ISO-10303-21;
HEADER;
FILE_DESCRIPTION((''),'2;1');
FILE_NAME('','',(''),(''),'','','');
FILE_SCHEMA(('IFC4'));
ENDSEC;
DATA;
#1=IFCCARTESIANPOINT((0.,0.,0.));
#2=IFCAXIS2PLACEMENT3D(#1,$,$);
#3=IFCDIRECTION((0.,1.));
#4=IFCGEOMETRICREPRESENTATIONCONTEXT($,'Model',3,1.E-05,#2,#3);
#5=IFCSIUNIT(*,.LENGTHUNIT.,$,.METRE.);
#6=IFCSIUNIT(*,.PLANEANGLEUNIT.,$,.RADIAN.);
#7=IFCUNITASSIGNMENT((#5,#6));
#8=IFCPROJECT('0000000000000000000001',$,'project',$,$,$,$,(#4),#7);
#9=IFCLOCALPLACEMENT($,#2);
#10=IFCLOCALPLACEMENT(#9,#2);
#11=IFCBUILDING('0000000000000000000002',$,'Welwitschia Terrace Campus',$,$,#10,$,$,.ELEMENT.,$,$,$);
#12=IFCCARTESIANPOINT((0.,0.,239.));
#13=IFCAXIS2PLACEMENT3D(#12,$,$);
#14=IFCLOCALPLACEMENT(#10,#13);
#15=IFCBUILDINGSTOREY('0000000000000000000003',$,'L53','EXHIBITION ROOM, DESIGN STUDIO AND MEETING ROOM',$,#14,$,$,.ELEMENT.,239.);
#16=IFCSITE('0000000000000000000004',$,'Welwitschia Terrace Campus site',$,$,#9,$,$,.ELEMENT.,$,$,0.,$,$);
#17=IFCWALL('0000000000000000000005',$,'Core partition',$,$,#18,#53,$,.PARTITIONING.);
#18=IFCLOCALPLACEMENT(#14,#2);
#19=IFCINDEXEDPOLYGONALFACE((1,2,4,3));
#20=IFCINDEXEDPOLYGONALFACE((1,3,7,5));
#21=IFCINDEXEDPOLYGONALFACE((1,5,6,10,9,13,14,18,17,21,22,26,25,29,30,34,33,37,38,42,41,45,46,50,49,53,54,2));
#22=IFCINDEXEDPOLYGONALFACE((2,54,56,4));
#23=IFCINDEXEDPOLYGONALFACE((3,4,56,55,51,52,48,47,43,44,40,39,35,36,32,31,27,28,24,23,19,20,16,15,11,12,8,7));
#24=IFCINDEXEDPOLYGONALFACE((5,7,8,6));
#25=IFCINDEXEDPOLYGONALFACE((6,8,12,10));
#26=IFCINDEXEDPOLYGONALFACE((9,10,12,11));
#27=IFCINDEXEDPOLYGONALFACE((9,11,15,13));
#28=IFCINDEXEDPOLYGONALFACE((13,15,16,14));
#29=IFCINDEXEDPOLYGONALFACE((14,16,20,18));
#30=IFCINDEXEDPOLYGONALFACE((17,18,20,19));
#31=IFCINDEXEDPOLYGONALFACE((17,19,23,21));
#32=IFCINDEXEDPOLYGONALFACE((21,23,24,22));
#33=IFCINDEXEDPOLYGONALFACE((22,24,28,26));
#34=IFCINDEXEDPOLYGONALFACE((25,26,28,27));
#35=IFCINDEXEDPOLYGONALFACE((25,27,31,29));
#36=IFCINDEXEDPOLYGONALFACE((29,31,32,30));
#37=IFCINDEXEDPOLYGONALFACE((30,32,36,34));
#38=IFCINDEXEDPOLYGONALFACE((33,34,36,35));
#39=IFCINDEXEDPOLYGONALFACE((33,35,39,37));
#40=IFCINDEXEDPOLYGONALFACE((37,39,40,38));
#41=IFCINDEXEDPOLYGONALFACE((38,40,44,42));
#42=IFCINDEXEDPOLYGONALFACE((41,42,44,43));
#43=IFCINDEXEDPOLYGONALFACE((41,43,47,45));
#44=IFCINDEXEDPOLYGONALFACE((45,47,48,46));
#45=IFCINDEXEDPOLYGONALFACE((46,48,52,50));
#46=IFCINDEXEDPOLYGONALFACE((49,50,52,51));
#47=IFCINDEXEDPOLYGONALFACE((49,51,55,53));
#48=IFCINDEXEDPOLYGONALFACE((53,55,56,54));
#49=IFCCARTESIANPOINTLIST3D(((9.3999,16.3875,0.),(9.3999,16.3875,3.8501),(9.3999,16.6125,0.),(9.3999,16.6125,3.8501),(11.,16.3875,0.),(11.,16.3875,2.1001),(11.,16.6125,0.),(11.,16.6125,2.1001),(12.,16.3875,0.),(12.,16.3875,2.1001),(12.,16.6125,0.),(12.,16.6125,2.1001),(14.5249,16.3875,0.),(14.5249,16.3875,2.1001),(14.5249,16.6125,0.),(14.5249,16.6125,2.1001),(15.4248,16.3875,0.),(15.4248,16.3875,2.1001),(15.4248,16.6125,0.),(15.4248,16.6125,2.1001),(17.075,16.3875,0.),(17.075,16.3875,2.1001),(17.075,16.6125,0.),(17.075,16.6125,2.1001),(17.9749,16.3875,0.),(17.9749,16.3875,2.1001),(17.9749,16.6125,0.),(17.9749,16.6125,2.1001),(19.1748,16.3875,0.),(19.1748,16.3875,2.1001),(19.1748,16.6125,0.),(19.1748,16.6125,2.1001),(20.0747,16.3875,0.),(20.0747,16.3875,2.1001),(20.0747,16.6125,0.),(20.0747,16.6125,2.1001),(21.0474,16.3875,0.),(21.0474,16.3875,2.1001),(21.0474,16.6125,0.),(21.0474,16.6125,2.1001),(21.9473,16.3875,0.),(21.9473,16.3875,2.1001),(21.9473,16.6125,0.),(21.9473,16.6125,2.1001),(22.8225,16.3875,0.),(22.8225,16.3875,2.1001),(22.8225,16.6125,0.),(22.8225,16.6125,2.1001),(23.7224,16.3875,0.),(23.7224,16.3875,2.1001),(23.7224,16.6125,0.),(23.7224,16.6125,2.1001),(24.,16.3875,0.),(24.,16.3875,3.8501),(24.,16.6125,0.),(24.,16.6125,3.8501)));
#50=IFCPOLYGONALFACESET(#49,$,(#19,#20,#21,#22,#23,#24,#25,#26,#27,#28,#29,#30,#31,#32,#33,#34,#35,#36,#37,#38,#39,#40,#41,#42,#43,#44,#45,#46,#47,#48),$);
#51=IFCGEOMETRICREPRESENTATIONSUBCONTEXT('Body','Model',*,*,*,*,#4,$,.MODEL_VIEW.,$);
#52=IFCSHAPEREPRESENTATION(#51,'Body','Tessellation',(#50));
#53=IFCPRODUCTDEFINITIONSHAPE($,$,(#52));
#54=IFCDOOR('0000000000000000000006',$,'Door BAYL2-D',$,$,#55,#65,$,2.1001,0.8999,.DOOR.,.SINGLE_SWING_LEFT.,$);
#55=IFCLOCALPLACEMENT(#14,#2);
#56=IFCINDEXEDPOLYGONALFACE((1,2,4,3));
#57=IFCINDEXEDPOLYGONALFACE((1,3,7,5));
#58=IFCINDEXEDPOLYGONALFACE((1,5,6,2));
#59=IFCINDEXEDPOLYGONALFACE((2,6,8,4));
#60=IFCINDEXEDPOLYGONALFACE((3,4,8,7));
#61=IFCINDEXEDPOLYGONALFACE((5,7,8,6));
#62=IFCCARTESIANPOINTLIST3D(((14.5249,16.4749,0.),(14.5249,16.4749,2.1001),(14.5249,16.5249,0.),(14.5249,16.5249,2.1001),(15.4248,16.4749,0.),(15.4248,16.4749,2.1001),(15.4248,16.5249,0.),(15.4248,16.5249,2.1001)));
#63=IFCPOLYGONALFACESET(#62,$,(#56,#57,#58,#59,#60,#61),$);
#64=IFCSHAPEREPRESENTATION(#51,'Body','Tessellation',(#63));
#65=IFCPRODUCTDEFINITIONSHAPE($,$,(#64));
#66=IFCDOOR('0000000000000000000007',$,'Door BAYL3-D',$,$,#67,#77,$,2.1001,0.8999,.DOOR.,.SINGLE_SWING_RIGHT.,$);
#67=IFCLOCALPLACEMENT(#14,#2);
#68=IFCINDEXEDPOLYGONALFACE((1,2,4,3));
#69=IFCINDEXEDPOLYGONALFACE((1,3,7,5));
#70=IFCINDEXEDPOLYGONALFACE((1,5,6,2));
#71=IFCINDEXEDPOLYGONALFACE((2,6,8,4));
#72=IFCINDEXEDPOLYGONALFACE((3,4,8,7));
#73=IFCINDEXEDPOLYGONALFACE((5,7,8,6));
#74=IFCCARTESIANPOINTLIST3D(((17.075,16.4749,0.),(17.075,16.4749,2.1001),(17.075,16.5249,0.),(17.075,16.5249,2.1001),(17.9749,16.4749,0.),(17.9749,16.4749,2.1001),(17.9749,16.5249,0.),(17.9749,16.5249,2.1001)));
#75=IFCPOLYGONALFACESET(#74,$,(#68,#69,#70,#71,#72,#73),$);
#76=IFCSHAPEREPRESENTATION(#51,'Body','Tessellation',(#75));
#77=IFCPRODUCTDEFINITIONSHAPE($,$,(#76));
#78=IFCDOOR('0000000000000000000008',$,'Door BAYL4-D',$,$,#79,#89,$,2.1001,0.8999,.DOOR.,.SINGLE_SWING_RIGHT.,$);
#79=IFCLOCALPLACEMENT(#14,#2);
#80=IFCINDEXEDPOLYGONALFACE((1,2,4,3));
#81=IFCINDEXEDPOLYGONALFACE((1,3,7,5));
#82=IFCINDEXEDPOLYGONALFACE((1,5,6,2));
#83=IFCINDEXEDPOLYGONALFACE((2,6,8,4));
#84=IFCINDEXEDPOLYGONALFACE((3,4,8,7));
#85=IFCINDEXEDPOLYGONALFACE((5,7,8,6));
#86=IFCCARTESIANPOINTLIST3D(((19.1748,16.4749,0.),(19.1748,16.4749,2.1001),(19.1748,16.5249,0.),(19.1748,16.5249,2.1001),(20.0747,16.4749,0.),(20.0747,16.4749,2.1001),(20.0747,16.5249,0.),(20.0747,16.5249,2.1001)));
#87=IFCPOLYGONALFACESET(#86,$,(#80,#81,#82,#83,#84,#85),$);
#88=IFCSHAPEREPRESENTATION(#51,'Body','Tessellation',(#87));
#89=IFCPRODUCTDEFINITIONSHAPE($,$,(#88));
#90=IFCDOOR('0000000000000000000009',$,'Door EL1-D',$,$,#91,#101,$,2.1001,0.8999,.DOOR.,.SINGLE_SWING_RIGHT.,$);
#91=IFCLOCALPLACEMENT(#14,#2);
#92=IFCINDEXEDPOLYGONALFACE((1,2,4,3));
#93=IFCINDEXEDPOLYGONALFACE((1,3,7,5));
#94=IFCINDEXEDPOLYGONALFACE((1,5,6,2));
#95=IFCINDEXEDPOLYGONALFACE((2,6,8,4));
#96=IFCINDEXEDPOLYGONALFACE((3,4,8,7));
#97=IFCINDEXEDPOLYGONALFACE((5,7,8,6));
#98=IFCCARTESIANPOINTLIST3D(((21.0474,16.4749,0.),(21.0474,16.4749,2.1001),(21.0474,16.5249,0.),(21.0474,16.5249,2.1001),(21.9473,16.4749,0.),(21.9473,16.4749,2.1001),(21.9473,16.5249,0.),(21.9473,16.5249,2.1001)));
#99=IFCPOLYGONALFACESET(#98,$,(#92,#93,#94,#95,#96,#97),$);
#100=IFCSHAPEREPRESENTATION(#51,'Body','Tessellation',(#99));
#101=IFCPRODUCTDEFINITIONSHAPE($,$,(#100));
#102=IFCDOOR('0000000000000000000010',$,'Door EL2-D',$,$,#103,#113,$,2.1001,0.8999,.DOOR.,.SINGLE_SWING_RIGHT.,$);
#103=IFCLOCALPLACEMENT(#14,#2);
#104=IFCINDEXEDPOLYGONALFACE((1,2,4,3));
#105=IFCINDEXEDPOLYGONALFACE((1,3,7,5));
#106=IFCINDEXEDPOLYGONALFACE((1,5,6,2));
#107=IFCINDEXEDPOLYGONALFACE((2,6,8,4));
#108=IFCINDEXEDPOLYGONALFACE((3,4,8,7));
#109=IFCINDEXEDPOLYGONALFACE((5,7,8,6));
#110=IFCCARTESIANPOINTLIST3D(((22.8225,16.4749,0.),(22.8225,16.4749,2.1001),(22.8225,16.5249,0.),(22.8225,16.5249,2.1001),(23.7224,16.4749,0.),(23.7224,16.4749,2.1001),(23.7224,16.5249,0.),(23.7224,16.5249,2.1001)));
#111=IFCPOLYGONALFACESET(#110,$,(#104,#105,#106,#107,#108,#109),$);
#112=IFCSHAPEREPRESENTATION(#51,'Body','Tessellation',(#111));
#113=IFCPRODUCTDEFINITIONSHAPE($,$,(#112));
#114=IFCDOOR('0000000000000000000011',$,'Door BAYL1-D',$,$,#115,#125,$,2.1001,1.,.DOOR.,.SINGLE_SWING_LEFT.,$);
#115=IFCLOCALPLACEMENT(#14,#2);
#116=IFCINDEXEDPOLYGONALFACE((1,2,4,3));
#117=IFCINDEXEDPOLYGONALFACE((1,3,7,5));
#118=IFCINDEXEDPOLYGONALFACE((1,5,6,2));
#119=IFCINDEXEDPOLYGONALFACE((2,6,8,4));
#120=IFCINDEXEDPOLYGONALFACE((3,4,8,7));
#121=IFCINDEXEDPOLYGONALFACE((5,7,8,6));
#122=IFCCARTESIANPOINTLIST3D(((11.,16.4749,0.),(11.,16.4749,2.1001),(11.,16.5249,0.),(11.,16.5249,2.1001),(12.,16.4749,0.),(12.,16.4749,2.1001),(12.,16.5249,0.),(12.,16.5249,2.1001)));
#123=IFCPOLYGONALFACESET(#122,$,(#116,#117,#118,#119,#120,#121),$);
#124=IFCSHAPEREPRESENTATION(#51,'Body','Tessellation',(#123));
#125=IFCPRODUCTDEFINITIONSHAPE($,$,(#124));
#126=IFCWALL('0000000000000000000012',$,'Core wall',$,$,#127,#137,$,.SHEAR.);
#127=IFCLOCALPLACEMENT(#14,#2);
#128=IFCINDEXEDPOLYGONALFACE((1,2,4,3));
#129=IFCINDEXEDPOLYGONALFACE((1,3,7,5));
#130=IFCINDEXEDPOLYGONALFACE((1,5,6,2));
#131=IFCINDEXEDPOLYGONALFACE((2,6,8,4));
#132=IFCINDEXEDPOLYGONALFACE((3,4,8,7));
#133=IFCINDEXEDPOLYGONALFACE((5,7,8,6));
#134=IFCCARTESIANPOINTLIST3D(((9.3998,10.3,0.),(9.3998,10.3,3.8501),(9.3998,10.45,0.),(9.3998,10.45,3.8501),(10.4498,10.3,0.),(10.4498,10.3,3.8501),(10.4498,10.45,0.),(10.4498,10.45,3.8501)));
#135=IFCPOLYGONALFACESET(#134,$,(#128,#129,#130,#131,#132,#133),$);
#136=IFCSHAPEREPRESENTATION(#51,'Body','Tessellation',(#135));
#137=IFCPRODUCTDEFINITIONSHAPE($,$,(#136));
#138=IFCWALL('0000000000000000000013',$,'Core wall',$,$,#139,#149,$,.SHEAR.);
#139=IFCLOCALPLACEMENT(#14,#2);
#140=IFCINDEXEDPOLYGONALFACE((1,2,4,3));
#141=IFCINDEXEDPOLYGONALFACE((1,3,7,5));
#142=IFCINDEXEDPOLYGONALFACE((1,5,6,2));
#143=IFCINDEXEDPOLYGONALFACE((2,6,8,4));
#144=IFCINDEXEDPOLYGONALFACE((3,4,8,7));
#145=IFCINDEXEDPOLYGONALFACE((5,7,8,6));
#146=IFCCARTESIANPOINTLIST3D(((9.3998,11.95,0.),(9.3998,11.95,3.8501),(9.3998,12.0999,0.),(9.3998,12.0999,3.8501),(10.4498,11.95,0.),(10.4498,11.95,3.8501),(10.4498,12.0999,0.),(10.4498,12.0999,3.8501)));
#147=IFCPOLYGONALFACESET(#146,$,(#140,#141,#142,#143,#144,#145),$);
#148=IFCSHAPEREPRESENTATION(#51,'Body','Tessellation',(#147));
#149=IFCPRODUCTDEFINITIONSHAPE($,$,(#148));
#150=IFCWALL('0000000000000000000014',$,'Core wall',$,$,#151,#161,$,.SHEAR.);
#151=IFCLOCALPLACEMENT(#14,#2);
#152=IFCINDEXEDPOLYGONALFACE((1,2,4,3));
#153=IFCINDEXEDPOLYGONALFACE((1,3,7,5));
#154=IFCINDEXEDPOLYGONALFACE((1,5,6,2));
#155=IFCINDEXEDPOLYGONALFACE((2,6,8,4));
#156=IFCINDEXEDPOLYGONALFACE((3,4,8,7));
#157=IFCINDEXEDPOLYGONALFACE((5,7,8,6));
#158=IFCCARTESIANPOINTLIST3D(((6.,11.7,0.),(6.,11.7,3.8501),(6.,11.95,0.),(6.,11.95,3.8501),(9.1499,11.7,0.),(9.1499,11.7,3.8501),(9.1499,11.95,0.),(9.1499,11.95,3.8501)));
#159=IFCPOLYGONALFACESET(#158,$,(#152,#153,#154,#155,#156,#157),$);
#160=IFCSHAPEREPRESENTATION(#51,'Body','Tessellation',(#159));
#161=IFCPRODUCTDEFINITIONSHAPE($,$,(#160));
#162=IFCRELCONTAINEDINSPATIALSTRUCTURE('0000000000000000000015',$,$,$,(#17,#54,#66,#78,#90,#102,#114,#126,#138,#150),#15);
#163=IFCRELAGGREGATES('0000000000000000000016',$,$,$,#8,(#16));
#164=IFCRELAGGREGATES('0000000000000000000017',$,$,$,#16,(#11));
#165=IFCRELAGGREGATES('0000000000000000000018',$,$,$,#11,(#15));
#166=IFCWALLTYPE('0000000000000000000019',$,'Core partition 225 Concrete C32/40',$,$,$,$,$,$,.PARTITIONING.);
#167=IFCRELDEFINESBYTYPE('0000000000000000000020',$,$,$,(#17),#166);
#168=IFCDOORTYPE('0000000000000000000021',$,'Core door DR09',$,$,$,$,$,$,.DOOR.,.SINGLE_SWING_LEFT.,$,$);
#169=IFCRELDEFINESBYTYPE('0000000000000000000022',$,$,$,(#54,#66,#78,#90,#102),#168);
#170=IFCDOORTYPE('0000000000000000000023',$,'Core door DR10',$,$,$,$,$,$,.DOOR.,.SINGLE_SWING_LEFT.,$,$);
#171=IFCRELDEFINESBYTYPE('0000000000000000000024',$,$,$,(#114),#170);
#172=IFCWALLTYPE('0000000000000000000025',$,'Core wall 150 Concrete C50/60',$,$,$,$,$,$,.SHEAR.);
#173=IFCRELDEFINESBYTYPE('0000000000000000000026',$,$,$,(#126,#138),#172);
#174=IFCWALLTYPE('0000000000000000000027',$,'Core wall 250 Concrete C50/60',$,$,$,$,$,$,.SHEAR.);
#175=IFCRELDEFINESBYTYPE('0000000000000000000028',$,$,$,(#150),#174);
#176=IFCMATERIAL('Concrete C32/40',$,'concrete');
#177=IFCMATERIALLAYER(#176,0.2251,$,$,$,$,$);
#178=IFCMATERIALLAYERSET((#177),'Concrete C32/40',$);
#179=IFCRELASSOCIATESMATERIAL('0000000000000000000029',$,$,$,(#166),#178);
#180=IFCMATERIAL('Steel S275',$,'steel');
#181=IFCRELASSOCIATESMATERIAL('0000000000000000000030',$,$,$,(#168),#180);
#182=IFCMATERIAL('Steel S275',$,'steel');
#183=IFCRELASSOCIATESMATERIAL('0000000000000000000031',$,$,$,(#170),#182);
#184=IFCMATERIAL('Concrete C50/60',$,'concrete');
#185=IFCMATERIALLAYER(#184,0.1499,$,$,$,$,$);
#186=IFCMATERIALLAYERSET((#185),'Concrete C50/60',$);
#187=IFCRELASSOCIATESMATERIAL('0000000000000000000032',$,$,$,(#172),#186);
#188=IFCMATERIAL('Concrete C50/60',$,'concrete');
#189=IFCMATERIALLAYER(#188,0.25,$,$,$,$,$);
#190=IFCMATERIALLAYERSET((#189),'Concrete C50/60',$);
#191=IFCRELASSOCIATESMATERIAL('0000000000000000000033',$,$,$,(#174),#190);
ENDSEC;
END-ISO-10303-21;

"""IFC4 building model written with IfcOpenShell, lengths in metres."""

from ifc_helpers import new_model, si_unit, direction, frame, frame_2d, origin, place, context, subcontext, project, spatial, rectangle, extrude, material, layer, layer_set, type_object, element, fill, save


model = new_model("IFC4")

# Units and contexts
model_context = context("Model", 3, precision=1e-05, world=origin(), true_north=direction((0.0, 1.0)))
body_context = subcontext(model_context, "Body", "Model", "MODEL_VIEW")
ifc_project = project(units=[si_unit("LENGTHUNIT", "METRE"), si_unit("PLANEANGLEUNIT", "RADIAN")], contexts=[model_context])

# Site, building, storey
site_placement = place(None, origin())
site = spatial("IfcSite", under=ifc_project, at=site_placement, Name="Welwitschia Terrace Campus site", CompositionType="ELEMENT", RefElevation=0.0)
building_placement = place(site_placement, origin())
building = spatial("IfcBuilding", under=site, at=building_placement, Name="Welwitschia Terrace Campus", CompositionType="ELEMENT")
storey_placement = place(building_placement, frame((0.0, 0.0, 239.0)))
storey = spatial("IfcBuildingStorey", under=building, at=storey_placement, Name="L53", Description="EXHIBITION ROOM, DESIGN STUDIO AND MEETING ROOM", CompositionType="ELEMENT", Elevation=239.0)

# Shared definitions
ifc_material_1 = material(Name="Concrete C32/40", Category="concrete")
ifc_layer_1 = layer(ifc_material_1, 0.2251)
ifc_layer_set_1 = layer_set([ifc_layer_1], Name="Concrete C32/40")
wall_type_1 = type_object("IfcWallType", Name="Core partition 225 Concrete C32/40", PredefinedType="PARTITIONING", material=ifc_layer_set_1)

# Wall, openings, doors
wall_1_placement = place(storey_placement, frame((9.3999, 16.5, 0.0), z_axis=(0.0, 0.0, 1.0), x_axis=(1.0, 0.0, 0.0)))
wall_1 = element("IfcWall", 1, at=wall_1_placement, inside=storey, type_object=wall_type_1, Name="Core partition", PredefinedType="PARTITIONING", context=body_context, shape_type="SweptSolid", body=[
    extrude(rectangle(XDim=14.6001, YDim=0.2251, at=frame_2d((7.3, 0.0))), origin(), (0.0, 0.0, 1.0), 3.8501),
])
opening_1_placement = place(wall_1_placement, frame((1.6001, 0.0, 0.0)))
opening_1 = element("IfcOpeningElement", 2, at=opening_1_placement, cuts=wall_1, PredefinedType="OPENING", context=body_context, shape_type="SweptSolid", body=[
    extrude(rectangle(XDim=1.0, YDim=2.1001, at=frame_2d((0.5, 1.05))), frame((0.0, 0.1226, 0.0), z_axis=(0.0, -1.0, 0.0), x_axis=(1.0, 0.0, 0.0)), (0.0, 0.0, 1.0), 0.2451),
])
opening_2_placement = place(wall_1_placement, frame((5.125, 0.0, 0.0)))
opening_2 = element("IfcOpeningElement", 3, at=opening_2_placement, cuts=wall_1, PredefinedType="OPENING", context=body_context, shape_type="SweptSolid", body=[
    extrude(rectangle(XDim=0.8999, YDim=2.1001, at=frame_2d((0.45, 1.05))), frame((0.0, 0.1226, 0.0), z_axis=(0.0, -1.0, 0.0), x_axis=(1.0, 0.0, 0.0)), (0.0, 0.0, 1.0), 0.2451),
])
opening_3_placement = place(wall_1_placement, frame((7.675, 0.0, 0.0)))
opening_3 = element("IfcOpeningElement", 4, at=opening_3_placement, cuts=wall_1, PredefinedType="OPENING", context=body_context, shape_type="SweptSolid", body=[
    extrude(rectangle(XDim=0.8999, YDim=2.1001, at=frame_2d((0.45, 1.05))), frame((0.0, 0.1226, 0.0), z_axis=(0.0, -1.0, 0.0), x_axis=(1.0, 0.0, 0.0)), (0.0, 0.0, 1.0), 0.2451),
])
opening_4_placement = place(wall_1_placement, frame((9.7749, 0.0, 0.0)))
opening_4 = element("IfcOpeningElement", 5, at=opening_4_placement, cuts=wall_1, PredefinedType="OPENING", context=body_context, shape_type="SweptSolid", body=[
    extrude(rectangle(XDim=0.8999, YDim=2.1001, at=frame_2d((0.45, 1.05))), frame((0.0, 0.1226, 0.0), z_axis=(0.0, -1.0, 0.0), x_axis=(1.0, 0.0, 0.0)), (0.0, 0.0, 1.0), 0.2451),
])
opening_5_placement = place(wall_1_placement, frame((11.6475, 0.0, 0.0)))
opening_5 = element("IfcOpeningElement", 6, at=opening_5_placement, cuts=wall_1, PredefinedType="OPENING", context=body_context, shape_type="SweptSolid", body=[
    extrude(rectangle(XDim=0.8999, YDim=2.1001, at=frame_2d((0.45, 1.05))), frame((0.0, 0.1226, 0.0), z_axis=(0.0, -1.0, 0.0), x_axis=(1.0, 0.0, 0.0)), (0.0, 0.0, 1.0), 0.2451),
])
opening_6_placement = place(wall_1_placement, frame((13.4226, 0.0, 0.0)))
opening_6 = element("IfcOpeningElement", 7, at=opening_6_placement, cuts=wall_1, PredefinedType="OPENING", context=body_context, shape_type="SweptSolid", body=[
    extrude(rectangle(XDim=0.8999, YDim=2.1001, at=frame_2d((0.45, 1.05))), frame((0.0, 0.1226, 0.0), z_axis=(0.0, -1.0, 0.0), x_axis=(1.0, 0.0, 0.0)), (0.0, 0.0, 1.0), 0.2451),
])
ifc_material_2 = material(Name="Steel S275", Category="steel")
door_type_1 = type_object("IfcDoorType", Name="Core door DR09", OperationType="SINGLE_SWING_LEFT", PredefinedType="DOOR", material=ifc_material_2)
door_1_placement = place(opening_2_placement, origin())
door_1 = element("IfcDoor", 8, at=door_1_placement, inside=storey, type_object=door_type_1, Name="Door BAYL2-D", OperationType="SINGLE_SWING_LEFT", OverallHeight=2.1001, OverallWidth=0.8999, PredefinedType="DOOR", context=body_context, shape_type="SweptSolid", body=[
    extrude(rectangle(XDim=0.8999, YDim=2.1001, at=frame_2d((0.45, 1.05))), frame((0.0, 0.0249, 0.0), z_axis=(0.0, -1.0, 0.0), x_axis=(1.0, 0.0, 0.0)), (0.0, 0.0, 1.0), 0.05),
])
fill(opening_2, door_1)
door_2_placement = place(opening_3_placement, origin())
door_2 = element("IfcDoor", 9, at=door_2_placement, inside=storey, type_object=door_type_1, Name="Door BAYL3-D", OperationType="SINGLE_SWING_RIGHT", OverallHeight=2.1001, OverallWidth=0.8999, PredefinedType="DOOR", context=body_context, shape_type="SweptSolid", body=[
    extrude(rectangle(XDim=0.8999, YDim=2.1001, at=frame_2d((0.45, 1.05))), frame((0.0, 0.0249, 0.0), z_axis=(0.0, -1.0, 0.0), x_axis=(1.0, 0.0, 0.0)), (0.0, 0.0, 1.0), 0.05),
])
fill(opening_3, door_2)
door_3_placement = place(opening_4_placement, origin())
door_3 = element("IfcDoor", 10, at=door_3_placement, inside=storey, type_object=door_type_1, Name="Door BAYL4-D", OperationType="SINGLE_SWING_RIGHT", OverallHeight=2.1001, OverallWidth=0.8999, PredefinedType="DOOR", context=body_context, shape_type="SweptSolid", body=[
    extrude(rectangle(XDim=0.8999, YDim=2.1001, at=frame_2d((0.45, 1.05))), frame((0.0, 0.0249, 0.0), z_axis=(0.0, -1.0, 0.0), x_axis=(1.0, 0.0, 0.0)), (0.0, 0.0, 1.0), 0.05),
])
fill(opening_4, door_3)
door_4_placement = place(opening_5_placement, origin())
door_4 = element("IfcDoor", 11, at=door_4_placement, inside=storey, type_object=door_type_1, Name="Door EL1-D", OperationType="SINGLE_SWING_RIGHT", OverallHeight=2.1001, OverallWidth=0.8999, PredefinedType="DOOR", context=body_context, shape_type="SweptSolid", body=[
    extrude(rectangle(XDim=0.8999, YDim=2.1001, at=frame_2d((0.45, 1.05))), frame((0.0, 0.0249, 0.0), z_axis=(0.0, -1.0, 0.0), x_axis=(1.0, 0.0, 0.0)), (0.0, 0.0, 1.0), 0.05),
])
fill(opening_5, door_4)
door_5_placement = place(opening_6_placement, origin())
door_5 = element("IfcDoor", 12, at=door_5_placement, inside=storey, type_object=door_type_1, Name="Door EL2-D", OperationType="SINGLE_SWING_RIGHT", OverallHeight=2.1001, OverallWidth=0.8999, PredefinedType="DOOR", context=body_context, shape_type="SweptSolid", body=[
    extrude(rectangle(XDim=0.8999, YDim=2.1001, at=frame_2d((0.45, 1.05))), frame((0.0, 0.0249, 0.0), z_axis=(0.0, -1.0, 0.0), x_axis=(1.0, 0.0, 0.0)), (0.0, 0.0, 1.0), 0.05),
])
fill(opening_6, door_5)
ifc_material_3 = material(Name="Steel S275", Category="steel")
door_type_2 = type_object("IfcDoorType", Name="Core door DR10", OperationType="SINGLE_SWING_LEFT", PredefinedType="DOOR", material=ifc_material_3)
door_6_placement = place(opening_1_placement, origin())
door_6 = element("IfcDoor", 13, at=door_6_placement, inside=storey, type_object=door_type_2, Name="Door BAYL1-D", OperationType="SINGLE_SWING_LEFT", OverallHeight=2.1001, OverallWidth=1.0, PredefinedType="DOOR", context=body_context, shape_type="SweptSolid", body=[
    extrude(rectangle(XDim=1.0, YDim=2.1001, at=frame_2d((0.5, 1.05))), frame((0.0, 0.0249, 0.0), z_axis=(0.0, -1.0, 0.0), x_axis=(1.0, 0.0, 0.0)), (0.0, 0.0, 1.0), 0.05),
])
fill(opening_1, door_6)

# Walls
ifc_material_4 = material(Name="Concrete C50/60", Category="concrete")
ifc_layer_2 = layer(ifc_material_4, 0.1499)
ifc_layer_set_2 = layer_set([ifc_layer_2], Name="Concrete C50/60")
wall_type_2 = type_object("IfcWallType", Name="Core wall 150 Concrete C50/60", PredefinedType="SHEAR", material=ifc_layer_set_2)
for number, where, z_axis, x_axis, name in (
    (14, (9.3999, 10.375, 0.0), (0.0, 0.0, 1.0), (1.0, 0.0, 0.0), "Core wall"),
    (15, (9.3999, 12.0249, 0.0), (0.0, 0.0, 1.0), (1.0, 0.0, 0.0), "Core wall"),
):
    element("IfcWall", number, at=place(storey_placement, frame(where, z_axis=z_axis, x_axis=x_axis)), inside=storey, type_object=wall_type_2, Name=name, PredefinedType="SHEAR", context=body_context, shape_type="SweptSolid", body=[
        extrude(rectangle(XDim=1.05, YDim=0.1499, at=frame_2d((0.5249, 0.0))), origin(), (0.0, 0.0, 1.0), 3.8501),
    ])
ifc_material_5 = material(Name="Concrete C50/60", Category="concrete")
ifc_layer_3 = layer(ifc_material_5, 0.25)
ifc_layer_set_3 = layer_set([ifc_layer_3], Name="Concrete C50/60")
wall_type_3 = type_object("IfcWallType", Name="Core wall 250 Concrete C50/60", PredefinedType="SHEAR", material=ifc_layer_set_3)
for number, where, z_axis, x_axis, name in (
    (16, (6.0, 11.825, 0.0), (0.0, 0.0, 1.0), (1.0, 0.0, 0.0), "Core wall"),
):
    element("IfcWall", number, at=place(storey_placement, frame(where, z_axis=z_axis, x_axis=x_axis)), inside=storey, type_object=wall_type_3, Name=name, PredefinedType="SHEAR", context=body_context, shape_type="SweptSolid", body=[
        extrude(rectangle(XDim=3.1499, YDim=0.25, at=frame_2d((1.575, 0.0))), origin(), (0.0, 0.0, 1.0), 3.8501),
    ])

save(model, "model.ifc")
